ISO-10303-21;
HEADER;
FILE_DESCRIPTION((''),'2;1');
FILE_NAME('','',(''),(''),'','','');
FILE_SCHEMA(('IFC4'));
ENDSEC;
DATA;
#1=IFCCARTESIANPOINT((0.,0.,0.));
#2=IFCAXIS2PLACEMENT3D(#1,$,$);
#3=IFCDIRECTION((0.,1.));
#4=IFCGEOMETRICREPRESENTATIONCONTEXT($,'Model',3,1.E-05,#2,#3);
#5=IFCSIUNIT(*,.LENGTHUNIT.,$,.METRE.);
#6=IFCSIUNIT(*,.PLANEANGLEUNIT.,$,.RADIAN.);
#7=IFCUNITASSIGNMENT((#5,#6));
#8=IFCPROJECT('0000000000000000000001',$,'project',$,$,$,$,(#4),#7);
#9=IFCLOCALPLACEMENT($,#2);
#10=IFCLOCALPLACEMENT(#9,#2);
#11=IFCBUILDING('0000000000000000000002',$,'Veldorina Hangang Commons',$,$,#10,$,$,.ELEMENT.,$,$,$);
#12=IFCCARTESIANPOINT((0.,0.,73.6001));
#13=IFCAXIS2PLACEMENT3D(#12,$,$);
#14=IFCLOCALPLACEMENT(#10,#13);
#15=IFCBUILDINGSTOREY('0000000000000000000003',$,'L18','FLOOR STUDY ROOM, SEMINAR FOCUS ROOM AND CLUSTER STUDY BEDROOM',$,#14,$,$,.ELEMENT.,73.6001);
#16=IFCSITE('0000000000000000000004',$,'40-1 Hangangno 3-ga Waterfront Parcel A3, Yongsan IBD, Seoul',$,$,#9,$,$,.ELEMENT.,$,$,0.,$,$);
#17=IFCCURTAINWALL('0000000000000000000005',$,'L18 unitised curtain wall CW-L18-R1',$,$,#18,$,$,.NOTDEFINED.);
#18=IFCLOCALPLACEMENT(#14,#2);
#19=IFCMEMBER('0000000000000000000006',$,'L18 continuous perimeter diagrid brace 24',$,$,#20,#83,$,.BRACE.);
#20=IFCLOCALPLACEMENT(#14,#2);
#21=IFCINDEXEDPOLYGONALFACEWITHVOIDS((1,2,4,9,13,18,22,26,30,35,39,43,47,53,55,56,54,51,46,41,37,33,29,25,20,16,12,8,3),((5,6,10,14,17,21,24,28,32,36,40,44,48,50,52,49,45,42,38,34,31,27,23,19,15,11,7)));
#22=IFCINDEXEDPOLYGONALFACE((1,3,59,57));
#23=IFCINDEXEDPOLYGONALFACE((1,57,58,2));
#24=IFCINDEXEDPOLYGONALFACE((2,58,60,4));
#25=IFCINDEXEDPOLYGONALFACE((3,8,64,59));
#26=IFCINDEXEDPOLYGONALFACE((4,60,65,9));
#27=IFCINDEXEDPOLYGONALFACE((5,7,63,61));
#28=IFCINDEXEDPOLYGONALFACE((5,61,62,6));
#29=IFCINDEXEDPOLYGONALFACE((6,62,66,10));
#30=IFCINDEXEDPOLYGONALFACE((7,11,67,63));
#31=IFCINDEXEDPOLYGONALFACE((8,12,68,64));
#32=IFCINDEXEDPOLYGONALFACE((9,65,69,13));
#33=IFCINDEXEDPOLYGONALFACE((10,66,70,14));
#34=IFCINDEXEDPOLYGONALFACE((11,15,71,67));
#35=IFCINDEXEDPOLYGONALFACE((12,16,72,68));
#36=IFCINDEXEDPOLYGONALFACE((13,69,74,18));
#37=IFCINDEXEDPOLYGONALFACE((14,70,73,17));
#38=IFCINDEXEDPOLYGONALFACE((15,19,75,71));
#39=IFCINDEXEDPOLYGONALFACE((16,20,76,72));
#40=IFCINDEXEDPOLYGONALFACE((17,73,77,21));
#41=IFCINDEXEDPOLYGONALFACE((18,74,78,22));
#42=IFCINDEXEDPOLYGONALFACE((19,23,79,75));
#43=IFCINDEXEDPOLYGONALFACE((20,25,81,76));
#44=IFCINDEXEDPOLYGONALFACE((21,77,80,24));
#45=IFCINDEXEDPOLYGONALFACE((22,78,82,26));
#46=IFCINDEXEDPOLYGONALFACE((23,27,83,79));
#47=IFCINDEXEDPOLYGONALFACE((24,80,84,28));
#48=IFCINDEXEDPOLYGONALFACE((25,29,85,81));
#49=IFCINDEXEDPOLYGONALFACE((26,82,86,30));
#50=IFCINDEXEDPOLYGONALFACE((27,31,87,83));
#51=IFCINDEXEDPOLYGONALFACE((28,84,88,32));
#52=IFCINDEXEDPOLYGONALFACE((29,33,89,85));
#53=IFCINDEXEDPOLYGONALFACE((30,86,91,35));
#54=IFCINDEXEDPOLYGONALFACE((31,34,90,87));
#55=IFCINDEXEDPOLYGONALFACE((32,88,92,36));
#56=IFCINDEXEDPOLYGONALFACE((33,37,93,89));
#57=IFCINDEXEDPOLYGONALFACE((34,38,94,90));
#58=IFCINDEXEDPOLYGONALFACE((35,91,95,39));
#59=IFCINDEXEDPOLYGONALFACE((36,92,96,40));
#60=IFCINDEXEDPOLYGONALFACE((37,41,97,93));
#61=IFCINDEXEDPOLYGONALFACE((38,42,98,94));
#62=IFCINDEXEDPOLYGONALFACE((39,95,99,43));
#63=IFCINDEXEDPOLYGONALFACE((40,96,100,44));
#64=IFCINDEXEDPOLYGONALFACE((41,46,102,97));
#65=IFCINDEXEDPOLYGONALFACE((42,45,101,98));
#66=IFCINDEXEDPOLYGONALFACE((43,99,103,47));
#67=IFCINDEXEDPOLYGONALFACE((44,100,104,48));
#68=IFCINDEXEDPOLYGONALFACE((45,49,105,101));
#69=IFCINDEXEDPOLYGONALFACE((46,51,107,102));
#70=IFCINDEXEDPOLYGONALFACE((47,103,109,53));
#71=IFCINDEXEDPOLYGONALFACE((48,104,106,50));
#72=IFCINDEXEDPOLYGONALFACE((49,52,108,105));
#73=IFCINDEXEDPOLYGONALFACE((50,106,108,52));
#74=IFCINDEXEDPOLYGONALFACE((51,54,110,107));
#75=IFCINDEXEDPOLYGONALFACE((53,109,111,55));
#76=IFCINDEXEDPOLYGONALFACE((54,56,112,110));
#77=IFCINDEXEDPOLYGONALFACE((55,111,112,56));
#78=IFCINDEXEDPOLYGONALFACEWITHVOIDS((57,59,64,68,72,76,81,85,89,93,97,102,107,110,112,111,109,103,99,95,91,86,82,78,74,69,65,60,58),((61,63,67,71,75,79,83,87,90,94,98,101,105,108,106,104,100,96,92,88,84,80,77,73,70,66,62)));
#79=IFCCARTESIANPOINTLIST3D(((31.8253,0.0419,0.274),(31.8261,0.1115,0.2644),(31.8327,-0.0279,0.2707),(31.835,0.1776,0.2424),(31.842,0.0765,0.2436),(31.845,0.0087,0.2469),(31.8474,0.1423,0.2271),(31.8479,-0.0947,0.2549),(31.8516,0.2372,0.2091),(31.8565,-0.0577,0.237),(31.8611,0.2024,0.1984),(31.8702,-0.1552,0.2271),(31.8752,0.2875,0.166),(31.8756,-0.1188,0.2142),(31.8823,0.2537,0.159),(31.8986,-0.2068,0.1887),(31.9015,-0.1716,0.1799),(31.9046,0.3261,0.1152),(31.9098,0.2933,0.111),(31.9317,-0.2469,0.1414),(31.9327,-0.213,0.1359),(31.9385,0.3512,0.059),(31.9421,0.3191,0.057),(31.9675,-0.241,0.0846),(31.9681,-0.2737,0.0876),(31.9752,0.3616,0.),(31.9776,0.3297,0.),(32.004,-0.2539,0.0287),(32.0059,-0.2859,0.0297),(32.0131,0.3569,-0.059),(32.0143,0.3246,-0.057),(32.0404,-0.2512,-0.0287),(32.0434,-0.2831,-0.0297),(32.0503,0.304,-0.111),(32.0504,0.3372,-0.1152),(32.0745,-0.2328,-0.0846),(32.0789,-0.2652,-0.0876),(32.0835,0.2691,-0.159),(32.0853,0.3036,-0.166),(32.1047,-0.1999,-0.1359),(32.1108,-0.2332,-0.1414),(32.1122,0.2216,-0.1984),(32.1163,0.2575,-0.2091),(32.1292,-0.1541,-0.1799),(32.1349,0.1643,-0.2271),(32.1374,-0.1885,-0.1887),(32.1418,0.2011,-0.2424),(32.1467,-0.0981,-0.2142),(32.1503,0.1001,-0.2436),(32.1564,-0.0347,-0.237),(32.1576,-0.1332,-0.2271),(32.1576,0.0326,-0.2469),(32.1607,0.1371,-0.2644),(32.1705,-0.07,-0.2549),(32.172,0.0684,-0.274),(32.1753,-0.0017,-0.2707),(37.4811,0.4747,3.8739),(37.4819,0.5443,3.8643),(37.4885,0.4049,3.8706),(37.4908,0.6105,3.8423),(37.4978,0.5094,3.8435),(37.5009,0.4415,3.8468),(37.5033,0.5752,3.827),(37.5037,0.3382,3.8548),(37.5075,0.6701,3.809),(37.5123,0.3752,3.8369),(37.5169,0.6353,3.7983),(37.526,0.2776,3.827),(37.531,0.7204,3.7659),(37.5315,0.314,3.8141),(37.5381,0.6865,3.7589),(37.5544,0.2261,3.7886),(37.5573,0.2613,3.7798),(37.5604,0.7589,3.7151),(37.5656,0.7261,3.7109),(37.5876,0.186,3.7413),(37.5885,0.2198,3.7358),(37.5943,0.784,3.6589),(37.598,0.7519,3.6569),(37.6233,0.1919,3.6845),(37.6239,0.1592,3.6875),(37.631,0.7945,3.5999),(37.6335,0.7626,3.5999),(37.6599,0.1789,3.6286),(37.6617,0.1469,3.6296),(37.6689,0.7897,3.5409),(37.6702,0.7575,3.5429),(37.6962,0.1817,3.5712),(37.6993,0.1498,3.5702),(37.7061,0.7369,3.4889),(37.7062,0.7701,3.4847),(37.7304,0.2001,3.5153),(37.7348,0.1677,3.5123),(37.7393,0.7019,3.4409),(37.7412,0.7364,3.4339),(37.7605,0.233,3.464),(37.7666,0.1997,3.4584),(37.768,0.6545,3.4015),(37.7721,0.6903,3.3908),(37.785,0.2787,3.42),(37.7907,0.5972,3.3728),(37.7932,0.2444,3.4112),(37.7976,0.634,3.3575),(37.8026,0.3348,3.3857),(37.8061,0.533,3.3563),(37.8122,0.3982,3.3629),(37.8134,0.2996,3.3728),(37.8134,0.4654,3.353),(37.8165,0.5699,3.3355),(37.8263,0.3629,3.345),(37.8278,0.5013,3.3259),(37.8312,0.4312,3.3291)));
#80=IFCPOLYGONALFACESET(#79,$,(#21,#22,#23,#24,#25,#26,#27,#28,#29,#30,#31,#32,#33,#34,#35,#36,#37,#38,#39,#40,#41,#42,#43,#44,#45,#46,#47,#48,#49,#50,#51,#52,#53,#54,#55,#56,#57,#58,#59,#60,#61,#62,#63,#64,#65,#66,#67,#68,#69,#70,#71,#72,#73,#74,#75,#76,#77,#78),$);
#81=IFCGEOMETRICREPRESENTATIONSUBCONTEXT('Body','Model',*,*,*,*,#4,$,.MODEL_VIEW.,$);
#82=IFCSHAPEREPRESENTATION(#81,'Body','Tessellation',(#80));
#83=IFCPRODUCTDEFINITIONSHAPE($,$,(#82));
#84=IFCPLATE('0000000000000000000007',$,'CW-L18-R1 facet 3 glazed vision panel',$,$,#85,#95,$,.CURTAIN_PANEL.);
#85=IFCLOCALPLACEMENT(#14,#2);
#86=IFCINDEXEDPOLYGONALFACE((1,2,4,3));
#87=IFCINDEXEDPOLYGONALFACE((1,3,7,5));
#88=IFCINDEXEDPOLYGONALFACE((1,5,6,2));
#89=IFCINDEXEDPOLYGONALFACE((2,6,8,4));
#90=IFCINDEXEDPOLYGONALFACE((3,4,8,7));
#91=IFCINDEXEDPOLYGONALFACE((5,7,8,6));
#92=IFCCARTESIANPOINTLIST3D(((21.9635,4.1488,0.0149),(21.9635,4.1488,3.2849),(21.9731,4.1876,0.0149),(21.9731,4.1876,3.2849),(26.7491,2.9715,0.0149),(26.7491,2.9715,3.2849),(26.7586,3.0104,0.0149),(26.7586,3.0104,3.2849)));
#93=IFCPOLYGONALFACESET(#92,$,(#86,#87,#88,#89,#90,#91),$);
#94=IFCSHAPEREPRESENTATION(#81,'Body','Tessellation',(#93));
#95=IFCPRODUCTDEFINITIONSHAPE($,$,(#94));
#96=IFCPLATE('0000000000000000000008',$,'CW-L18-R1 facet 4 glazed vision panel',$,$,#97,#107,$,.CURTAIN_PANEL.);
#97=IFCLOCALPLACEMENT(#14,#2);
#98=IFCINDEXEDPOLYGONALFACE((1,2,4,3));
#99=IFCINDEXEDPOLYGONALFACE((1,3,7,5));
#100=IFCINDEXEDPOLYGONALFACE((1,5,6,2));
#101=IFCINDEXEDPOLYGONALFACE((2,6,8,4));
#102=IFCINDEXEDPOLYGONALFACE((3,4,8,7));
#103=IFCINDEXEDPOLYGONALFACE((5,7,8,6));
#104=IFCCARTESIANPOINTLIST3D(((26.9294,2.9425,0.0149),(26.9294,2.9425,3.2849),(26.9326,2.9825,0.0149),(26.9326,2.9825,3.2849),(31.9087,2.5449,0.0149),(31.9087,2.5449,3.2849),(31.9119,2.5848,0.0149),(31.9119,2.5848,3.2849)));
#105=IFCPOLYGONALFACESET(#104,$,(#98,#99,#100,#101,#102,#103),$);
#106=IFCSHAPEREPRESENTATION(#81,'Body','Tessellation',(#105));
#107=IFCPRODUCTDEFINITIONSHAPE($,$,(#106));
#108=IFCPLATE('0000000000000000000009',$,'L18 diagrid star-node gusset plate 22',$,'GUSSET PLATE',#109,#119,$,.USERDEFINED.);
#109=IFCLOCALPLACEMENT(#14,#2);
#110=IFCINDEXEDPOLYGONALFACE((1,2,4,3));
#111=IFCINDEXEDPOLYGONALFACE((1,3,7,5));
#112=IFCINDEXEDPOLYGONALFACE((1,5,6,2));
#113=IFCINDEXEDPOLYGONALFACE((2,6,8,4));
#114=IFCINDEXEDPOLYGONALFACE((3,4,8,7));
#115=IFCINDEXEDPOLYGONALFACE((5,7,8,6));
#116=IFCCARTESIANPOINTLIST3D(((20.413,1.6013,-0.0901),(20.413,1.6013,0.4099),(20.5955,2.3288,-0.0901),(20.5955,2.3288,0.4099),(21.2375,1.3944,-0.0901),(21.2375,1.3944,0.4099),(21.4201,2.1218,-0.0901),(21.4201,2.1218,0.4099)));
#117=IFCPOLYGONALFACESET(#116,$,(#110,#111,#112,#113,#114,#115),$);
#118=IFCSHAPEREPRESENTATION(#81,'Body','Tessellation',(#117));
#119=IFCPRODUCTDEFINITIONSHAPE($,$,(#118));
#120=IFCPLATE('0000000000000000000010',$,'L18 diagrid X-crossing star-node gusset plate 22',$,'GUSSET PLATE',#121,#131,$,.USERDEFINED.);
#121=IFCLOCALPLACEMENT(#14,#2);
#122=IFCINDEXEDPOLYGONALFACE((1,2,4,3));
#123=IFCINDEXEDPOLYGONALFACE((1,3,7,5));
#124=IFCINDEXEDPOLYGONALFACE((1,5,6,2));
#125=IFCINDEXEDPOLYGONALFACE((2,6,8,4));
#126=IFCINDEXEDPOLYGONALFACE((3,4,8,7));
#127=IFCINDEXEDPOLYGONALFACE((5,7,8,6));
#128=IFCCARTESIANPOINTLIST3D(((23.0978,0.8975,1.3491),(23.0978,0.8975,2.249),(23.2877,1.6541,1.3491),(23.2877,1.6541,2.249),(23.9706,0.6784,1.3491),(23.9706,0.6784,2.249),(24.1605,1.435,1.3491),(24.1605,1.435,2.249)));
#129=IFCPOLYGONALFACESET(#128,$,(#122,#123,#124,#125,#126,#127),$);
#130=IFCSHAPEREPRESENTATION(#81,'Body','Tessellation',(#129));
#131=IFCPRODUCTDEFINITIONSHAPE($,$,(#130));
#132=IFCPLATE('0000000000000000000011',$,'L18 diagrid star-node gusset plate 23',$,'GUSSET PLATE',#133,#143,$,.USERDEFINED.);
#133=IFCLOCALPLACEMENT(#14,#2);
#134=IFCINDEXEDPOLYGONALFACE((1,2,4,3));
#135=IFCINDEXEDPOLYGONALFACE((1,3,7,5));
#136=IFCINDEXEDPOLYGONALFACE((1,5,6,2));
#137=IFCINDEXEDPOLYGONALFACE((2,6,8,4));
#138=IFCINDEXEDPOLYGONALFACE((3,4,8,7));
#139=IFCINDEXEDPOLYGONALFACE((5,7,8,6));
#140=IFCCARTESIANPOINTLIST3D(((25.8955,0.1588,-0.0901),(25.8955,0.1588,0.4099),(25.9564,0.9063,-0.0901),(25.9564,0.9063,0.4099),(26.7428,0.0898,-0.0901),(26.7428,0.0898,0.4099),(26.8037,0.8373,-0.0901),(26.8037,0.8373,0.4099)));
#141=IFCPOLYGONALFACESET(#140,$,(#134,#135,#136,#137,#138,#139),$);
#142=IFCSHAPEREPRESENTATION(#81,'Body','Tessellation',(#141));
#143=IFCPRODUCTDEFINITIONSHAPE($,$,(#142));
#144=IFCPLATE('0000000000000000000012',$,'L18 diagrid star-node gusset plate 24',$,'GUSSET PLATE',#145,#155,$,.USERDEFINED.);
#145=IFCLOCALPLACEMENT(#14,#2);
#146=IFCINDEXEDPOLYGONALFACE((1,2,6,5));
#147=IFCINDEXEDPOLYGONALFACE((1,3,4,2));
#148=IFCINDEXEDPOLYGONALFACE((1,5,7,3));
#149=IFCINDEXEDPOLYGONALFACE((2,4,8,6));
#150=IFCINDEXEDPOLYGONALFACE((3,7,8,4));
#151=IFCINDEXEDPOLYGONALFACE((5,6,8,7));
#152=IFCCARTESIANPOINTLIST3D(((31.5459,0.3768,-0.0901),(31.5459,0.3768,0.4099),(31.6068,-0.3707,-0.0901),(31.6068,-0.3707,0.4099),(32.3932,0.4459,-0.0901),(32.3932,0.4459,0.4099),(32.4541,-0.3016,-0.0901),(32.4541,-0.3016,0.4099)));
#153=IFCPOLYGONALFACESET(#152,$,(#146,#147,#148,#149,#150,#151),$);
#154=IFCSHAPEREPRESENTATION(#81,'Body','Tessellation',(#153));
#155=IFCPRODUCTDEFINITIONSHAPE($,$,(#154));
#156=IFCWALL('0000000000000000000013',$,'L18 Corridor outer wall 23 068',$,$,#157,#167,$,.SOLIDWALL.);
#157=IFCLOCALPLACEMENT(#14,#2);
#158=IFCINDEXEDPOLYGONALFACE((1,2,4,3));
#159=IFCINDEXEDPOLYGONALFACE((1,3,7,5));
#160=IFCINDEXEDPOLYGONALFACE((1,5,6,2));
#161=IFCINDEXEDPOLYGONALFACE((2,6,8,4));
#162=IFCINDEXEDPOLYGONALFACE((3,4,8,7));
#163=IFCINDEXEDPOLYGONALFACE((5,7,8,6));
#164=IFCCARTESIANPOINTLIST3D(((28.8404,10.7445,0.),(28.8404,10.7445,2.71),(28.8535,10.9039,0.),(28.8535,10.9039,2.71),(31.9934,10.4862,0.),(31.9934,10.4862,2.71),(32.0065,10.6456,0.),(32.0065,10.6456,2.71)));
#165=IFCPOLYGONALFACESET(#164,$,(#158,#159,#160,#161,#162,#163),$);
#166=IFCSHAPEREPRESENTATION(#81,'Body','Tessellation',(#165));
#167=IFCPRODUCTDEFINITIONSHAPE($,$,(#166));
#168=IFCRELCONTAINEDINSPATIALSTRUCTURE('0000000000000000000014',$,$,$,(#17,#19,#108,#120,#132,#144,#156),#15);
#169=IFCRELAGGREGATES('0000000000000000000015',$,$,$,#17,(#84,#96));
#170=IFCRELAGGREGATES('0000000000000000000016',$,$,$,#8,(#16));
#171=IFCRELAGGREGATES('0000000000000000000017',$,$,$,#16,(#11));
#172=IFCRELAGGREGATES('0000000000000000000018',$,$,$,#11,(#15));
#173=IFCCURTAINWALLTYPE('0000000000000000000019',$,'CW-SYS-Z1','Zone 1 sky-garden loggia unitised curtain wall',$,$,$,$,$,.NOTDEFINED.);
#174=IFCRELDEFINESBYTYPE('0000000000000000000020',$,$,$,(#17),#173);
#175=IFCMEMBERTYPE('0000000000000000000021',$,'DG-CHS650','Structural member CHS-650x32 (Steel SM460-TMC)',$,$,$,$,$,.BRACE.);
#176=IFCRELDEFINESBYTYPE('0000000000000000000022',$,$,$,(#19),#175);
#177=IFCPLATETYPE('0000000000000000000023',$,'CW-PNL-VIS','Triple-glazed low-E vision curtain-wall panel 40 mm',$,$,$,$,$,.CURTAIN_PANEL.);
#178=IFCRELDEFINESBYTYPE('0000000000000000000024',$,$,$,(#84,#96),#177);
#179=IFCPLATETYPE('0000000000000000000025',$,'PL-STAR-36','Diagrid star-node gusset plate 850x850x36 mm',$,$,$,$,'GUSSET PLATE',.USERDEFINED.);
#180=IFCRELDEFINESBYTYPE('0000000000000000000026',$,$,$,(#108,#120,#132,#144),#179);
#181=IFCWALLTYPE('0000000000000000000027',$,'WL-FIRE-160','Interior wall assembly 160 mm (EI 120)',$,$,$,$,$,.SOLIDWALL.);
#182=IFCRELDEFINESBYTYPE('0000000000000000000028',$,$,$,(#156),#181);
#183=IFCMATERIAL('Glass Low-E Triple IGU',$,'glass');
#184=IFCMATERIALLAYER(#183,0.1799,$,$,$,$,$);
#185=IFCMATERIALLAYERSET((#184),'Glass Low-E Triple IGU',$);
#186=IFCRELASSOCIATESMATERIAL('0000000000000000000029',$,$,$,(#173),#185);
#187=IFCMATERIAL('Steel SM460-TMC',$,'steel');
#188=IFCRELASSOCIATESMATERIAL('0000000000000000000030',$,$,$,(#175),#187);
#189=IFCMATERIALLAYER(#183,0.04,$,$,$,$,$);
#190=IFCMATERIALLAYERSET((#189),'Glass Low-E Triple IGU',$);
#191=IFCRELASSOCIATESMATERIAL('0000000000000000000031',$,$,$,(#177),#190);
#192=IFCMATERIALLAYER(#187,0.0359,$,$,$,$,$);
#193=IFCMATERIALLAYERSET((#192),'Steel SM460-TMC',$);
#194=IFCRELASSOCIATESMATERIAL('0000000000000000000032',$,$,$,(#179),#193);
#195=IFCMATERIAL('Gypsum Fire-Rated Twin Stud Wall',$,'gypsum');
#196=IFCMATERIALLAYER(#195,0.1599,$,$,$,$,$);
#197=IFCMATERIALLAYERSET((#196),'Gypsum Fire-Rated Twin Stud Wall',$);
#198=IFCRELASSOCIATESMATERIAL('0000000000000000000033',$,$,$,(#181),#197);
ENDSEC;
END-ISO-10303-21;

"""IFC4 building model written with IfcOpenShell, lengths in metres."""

from ifc_helpers import new_model, si_unit, direction, frame, frame_2d, origin, origin_2d, place, context, subcontext, project, spatial, rectangle, hollow_circle, extrude, material, layer, layer_set, material_profile, profile_set, type_object, element, aggregate, save


model = new_model("IFC4")

# Units and contexts
model_context = context("Model", 3, precision=1e-05, world=origin(), true_north=direction((0.0, 1.0)))
body_context = subcontext(model_context, "Body", "Model", "MODEL_VIEW")
ifc_project = project(units=[si_unit("LENGTHUNIT", "METRE"), si_unit("PLANEANGLEUNIT", "RADIAN")], contexts=[model_context])

# Site, building, storey
site_placement = place(None, origin())
site = spatial("IfcSite", under=ifc_project, at=site_placement, Name="40-1 Hangangno 3-ga Waterfront Parcel A3, Yongsan IBD, Seoul", CompositionType="ELEMENT", RefElevation=0.0)
building_placement = place(site_placement, origin())
building = spatial("IfcBuilding", under=site, at=building_placement, Name="Veldorina Hangang Commons", CompositionType="ELEMENT")
storey_placement = place(building_placement, frame((0.0, 0.0, 73.6001)))
storey = spatial("IfcBuildingStorey", under=building, at=storey_placement, Name="L18", Description="FLOOR STUDY ROOM, SEMINAR FOCUS ROOM AND CLUSTER STUDY BEDROOM", CompositionType="ELEMENT", Elevation=73.6001)

# Curtain wall
ifc_material_1 = material(Name="Glass Low-E Triple IGU", Category="glass")
ifc_layer_1 = layer(ifc_material_1, 0.1799)
ifc_layer_set_1 = layer_set([ifc_layer_1], Name="Glass Low-E Triple IGU")
curtain_wall_type = type_object("IfcCurtainWallType", Name="CW-SYS-Z1", Description="Zone 1 sky-garden loggia unitised curtain wall", PredefinedType="NOTDEFINED", material=ifc_layer_set_1)
curtain_wall_placement = place(storey_placement, origin())
curtain_wall = element("IfcCurtainWall", 1, at=curtain_wall_placement, inside=storey, type_object=curtain_wall_type, Name="L18 unitised curtain wall CW-L18-R1", PredefinedType="NOTDEFINED")

# Member
ifc_material_2 = material(Name="Steel SM460-TMC", Category="steel")
ifc_material_profile_1 = material_profile(ifc_material_2, hollow_circle(Radius=0.325, WallThickness=0.032, at=origin_2d()), Name="CHS-650x32")
ifc_profile_set_1 = profile_set([ifc_material_profile_1], Name="Steel SM460-TMC")
member_type_1 = type_object("IfcMemberType", Name="DG-CHS650", Description="Structural member CHS-650x32 (Steel SM460-TMC)", PredefinedType="BRACE", material=ifc_profile_set_1)
member_1_placement = place(storey_placement, frame((32.0, 0.0376, 0.0), z_axis=(0.841859, 0.064431, 0.535838), x_axis=(-0.076311, 0.997084, 0.0)))
element("IfcMember", 2, at=member_1_placement, inside=storey, type_object=member_type_1, Name="L18 continuous perimeter diagrid brace 24", PredefinedType="BRACE", context=body_context, shape_type="SweptSolid", body=[
    extrude(hollow_circle(Radius=0.325, WallThickness=0.032, at=origin_2d()), origin(), (0.0, 0.0, 1.0), 6.7183),
])

# Plates
ifc_layer_2 = layer(ifc_material_1, 0.04)
ifc_layer_set_2 = layer_set([ifc_layer_2], Name="Glass Low-E Triple IGU")
plate_type_1 = type_object("IfcPlateType", Name="CW-PNL-VIS", Description="Triple-glazed low-E vision curtain-wall panel 40 mm", PredefinedType="CURTAIN_PANEL", material=ifc_layer_set_2)
plate_1_placement = place(storey_placement, frame((24.3611, 3.5796, 0.0149), z_axis=(0.0, 0.0, 1.0), x_axis=(0.971051, -0.238872, 0.0)))
plate_1 = element("IfcPlate", 3, at=plate_1_placement, type_object=plate_type_1, Name="CW-L18-R1 facet 3 glazed vision panel", PredefinedType="CURTAIN_PANEL", context=body_context, shape_type="SweptSolid", body=[
    extrude(rectangle(XDim=4.9282, YDim=0.04, at=origin_2d()), origin(), (0.0, 0.0, 1.0), 3.27),
])
plate_2_placement = place(storey_placement, frame((29.4207, 2.7637, 0.0149), z_axis=(0.0, 0.0, 1.0), x_axis=(0.996826, -0.079607, 0.0)))
plate_2 = element("IfcPlate", 4, at=plate_2_placement, type_object=plate_type_1, Name="CW-L18-R1 facet 4 glazed vision panel", PredefinedType="CURTAIN_PANEL", context=body_context, shape_type="SweptSolid", body=[
    extrude(rectangle(XDim=4.9951, YDim=0.04, at=origin_2d()), origin(), (0.0, 0.0, 1.0), 3.27),
])
aggregate(curtain_wall, [plate_1, plate_2])

# Plates
ifc_layer_3 = layer(ifc_material_2, 0.0359)
ifc_layer_set_3 = layer_set([ifc_layer_3], Name="Steel SM460-TMC")
plate_type_2 = type_object("IfcPlateType", Name="PL-STAR-36", Description="Diagrid star-node gusset plate 850x850x36 mm", ElementType="GUSSET PLATE", PredefinedType="USERDEFINED", material=ifc_layer_set_3)
plate_3_placement = place(storey_placement, frame((20.9165, 1.8616, -0.0901), z_axis=(0.0, 0.0, 1.0), x_axis=(0.969919, -0.243429, 0.0)))
element("IfcPlate", 5, at=plate_3_placement, inside=storey, type_object=plate_type_2, Name="L18 diagrid star-node gusset plate 22", ObjectType="GUSSET PLATE", PredefinedType="USERDEFINED", context=body_context, shape_type="SweptSolid", body=[
    extrude(rectangle(XDim=0.8501, YDim=0.75, at=origin_2d()), origin(), (0.0, 0.0, 1.0), 0.5),
])
plate_4_placement = place(storey_placement, frame((23.6292, 1.1663, 1.3491), z_axis=(0.0, 0.0, 1.0), x_axis=(0.969919, -0.243429, 0.0)))
element("IfcPlate", 6, at=plate_4_placement, inside=storey, type_object=plate_type_2, Name="L18 diagrid X-crossing star-node gusset plate 22", ObjectType="GUSSET PLATE", PredefinedType="USERDEFINED", context=body_context, shape_type="SweptSolid", body=[
    extrude(rectangle(XDim=0.8999, YDim=0.78, at=origin_2d()), origin(), (0.0, 0.0, 1.0), 0.8999),
])
for number, where, z_axis, x_axis, name in (
    (7, (26.3496, 0.498, -0.0901), (0.0, 0.0, 1.0), (0.996697, -0.081208, 0.0), "L18 diagrid star-node gusset plate 23"),
    (8, (32.0, 0.0376, -0.0901), (0.0, 0.0, 1.0), (0.996697, 0.081208, 0.0), "L18 diagrid star-node gusset plate 24"),
):
    element("IfcPlate", number, at=place(storey_placement, frame(where, z_axis=z_axis, x_axis=x_axis)), inside=storey, type_object=plate_type_2, Name=name, ObjectType="GUSSET PLATE", PredefinedType="USERDEFINED", context=body_context, shape_type="SweptSolid", body=[
        extrude(rectangle(XDim=0.8501, YDim=0.75, at=origin_2d()), origin(), (0.0, 0.0, 1.0), 0.5),
    ])

# Wall
ifc_material_3 = material(Name="Gypsum Fire-Rated Twin Stud Wall", Category="gypsum")
ifc_layer_4 = layer(ifc_material_3, 0.1599)
ifc_layer_set_4 = layer_set([ifc_layer_4], Name="Gypsum Fire-Rated Twin Stud Wall")
wall_type_1 = type_object("IfcWallType", Name="WL-FIRE-160", Description="Interior wall assembly 160 mm (EI 120)", PredefinedType="SOLIDWALL", material=ifc_layer_set_4)
wall_1_placement = place(storey_placement, frame((28.8469, 10.8242, 0.0), z_axis=(0.0, 0.0, 1.0), x_axis=(0.996661, -0.081647, 0.0)))
element("IfcWall", 9, at=wall_1_placement, inside=storey, type_object=wall_type_1, Name="L18 Corridor outer wall 23 068", PredefinedType="SOLIDWALL", context=body_context, shape_type="SweptSolid", body=[
    extrude(rectangle(XDim=3.1636, YDim=0.1599, at=frame_2d((1.5818, 0.0))), origin(), (0.0, 0.0, 1.0), 2.71),
])

save(model, "model.ifc")
